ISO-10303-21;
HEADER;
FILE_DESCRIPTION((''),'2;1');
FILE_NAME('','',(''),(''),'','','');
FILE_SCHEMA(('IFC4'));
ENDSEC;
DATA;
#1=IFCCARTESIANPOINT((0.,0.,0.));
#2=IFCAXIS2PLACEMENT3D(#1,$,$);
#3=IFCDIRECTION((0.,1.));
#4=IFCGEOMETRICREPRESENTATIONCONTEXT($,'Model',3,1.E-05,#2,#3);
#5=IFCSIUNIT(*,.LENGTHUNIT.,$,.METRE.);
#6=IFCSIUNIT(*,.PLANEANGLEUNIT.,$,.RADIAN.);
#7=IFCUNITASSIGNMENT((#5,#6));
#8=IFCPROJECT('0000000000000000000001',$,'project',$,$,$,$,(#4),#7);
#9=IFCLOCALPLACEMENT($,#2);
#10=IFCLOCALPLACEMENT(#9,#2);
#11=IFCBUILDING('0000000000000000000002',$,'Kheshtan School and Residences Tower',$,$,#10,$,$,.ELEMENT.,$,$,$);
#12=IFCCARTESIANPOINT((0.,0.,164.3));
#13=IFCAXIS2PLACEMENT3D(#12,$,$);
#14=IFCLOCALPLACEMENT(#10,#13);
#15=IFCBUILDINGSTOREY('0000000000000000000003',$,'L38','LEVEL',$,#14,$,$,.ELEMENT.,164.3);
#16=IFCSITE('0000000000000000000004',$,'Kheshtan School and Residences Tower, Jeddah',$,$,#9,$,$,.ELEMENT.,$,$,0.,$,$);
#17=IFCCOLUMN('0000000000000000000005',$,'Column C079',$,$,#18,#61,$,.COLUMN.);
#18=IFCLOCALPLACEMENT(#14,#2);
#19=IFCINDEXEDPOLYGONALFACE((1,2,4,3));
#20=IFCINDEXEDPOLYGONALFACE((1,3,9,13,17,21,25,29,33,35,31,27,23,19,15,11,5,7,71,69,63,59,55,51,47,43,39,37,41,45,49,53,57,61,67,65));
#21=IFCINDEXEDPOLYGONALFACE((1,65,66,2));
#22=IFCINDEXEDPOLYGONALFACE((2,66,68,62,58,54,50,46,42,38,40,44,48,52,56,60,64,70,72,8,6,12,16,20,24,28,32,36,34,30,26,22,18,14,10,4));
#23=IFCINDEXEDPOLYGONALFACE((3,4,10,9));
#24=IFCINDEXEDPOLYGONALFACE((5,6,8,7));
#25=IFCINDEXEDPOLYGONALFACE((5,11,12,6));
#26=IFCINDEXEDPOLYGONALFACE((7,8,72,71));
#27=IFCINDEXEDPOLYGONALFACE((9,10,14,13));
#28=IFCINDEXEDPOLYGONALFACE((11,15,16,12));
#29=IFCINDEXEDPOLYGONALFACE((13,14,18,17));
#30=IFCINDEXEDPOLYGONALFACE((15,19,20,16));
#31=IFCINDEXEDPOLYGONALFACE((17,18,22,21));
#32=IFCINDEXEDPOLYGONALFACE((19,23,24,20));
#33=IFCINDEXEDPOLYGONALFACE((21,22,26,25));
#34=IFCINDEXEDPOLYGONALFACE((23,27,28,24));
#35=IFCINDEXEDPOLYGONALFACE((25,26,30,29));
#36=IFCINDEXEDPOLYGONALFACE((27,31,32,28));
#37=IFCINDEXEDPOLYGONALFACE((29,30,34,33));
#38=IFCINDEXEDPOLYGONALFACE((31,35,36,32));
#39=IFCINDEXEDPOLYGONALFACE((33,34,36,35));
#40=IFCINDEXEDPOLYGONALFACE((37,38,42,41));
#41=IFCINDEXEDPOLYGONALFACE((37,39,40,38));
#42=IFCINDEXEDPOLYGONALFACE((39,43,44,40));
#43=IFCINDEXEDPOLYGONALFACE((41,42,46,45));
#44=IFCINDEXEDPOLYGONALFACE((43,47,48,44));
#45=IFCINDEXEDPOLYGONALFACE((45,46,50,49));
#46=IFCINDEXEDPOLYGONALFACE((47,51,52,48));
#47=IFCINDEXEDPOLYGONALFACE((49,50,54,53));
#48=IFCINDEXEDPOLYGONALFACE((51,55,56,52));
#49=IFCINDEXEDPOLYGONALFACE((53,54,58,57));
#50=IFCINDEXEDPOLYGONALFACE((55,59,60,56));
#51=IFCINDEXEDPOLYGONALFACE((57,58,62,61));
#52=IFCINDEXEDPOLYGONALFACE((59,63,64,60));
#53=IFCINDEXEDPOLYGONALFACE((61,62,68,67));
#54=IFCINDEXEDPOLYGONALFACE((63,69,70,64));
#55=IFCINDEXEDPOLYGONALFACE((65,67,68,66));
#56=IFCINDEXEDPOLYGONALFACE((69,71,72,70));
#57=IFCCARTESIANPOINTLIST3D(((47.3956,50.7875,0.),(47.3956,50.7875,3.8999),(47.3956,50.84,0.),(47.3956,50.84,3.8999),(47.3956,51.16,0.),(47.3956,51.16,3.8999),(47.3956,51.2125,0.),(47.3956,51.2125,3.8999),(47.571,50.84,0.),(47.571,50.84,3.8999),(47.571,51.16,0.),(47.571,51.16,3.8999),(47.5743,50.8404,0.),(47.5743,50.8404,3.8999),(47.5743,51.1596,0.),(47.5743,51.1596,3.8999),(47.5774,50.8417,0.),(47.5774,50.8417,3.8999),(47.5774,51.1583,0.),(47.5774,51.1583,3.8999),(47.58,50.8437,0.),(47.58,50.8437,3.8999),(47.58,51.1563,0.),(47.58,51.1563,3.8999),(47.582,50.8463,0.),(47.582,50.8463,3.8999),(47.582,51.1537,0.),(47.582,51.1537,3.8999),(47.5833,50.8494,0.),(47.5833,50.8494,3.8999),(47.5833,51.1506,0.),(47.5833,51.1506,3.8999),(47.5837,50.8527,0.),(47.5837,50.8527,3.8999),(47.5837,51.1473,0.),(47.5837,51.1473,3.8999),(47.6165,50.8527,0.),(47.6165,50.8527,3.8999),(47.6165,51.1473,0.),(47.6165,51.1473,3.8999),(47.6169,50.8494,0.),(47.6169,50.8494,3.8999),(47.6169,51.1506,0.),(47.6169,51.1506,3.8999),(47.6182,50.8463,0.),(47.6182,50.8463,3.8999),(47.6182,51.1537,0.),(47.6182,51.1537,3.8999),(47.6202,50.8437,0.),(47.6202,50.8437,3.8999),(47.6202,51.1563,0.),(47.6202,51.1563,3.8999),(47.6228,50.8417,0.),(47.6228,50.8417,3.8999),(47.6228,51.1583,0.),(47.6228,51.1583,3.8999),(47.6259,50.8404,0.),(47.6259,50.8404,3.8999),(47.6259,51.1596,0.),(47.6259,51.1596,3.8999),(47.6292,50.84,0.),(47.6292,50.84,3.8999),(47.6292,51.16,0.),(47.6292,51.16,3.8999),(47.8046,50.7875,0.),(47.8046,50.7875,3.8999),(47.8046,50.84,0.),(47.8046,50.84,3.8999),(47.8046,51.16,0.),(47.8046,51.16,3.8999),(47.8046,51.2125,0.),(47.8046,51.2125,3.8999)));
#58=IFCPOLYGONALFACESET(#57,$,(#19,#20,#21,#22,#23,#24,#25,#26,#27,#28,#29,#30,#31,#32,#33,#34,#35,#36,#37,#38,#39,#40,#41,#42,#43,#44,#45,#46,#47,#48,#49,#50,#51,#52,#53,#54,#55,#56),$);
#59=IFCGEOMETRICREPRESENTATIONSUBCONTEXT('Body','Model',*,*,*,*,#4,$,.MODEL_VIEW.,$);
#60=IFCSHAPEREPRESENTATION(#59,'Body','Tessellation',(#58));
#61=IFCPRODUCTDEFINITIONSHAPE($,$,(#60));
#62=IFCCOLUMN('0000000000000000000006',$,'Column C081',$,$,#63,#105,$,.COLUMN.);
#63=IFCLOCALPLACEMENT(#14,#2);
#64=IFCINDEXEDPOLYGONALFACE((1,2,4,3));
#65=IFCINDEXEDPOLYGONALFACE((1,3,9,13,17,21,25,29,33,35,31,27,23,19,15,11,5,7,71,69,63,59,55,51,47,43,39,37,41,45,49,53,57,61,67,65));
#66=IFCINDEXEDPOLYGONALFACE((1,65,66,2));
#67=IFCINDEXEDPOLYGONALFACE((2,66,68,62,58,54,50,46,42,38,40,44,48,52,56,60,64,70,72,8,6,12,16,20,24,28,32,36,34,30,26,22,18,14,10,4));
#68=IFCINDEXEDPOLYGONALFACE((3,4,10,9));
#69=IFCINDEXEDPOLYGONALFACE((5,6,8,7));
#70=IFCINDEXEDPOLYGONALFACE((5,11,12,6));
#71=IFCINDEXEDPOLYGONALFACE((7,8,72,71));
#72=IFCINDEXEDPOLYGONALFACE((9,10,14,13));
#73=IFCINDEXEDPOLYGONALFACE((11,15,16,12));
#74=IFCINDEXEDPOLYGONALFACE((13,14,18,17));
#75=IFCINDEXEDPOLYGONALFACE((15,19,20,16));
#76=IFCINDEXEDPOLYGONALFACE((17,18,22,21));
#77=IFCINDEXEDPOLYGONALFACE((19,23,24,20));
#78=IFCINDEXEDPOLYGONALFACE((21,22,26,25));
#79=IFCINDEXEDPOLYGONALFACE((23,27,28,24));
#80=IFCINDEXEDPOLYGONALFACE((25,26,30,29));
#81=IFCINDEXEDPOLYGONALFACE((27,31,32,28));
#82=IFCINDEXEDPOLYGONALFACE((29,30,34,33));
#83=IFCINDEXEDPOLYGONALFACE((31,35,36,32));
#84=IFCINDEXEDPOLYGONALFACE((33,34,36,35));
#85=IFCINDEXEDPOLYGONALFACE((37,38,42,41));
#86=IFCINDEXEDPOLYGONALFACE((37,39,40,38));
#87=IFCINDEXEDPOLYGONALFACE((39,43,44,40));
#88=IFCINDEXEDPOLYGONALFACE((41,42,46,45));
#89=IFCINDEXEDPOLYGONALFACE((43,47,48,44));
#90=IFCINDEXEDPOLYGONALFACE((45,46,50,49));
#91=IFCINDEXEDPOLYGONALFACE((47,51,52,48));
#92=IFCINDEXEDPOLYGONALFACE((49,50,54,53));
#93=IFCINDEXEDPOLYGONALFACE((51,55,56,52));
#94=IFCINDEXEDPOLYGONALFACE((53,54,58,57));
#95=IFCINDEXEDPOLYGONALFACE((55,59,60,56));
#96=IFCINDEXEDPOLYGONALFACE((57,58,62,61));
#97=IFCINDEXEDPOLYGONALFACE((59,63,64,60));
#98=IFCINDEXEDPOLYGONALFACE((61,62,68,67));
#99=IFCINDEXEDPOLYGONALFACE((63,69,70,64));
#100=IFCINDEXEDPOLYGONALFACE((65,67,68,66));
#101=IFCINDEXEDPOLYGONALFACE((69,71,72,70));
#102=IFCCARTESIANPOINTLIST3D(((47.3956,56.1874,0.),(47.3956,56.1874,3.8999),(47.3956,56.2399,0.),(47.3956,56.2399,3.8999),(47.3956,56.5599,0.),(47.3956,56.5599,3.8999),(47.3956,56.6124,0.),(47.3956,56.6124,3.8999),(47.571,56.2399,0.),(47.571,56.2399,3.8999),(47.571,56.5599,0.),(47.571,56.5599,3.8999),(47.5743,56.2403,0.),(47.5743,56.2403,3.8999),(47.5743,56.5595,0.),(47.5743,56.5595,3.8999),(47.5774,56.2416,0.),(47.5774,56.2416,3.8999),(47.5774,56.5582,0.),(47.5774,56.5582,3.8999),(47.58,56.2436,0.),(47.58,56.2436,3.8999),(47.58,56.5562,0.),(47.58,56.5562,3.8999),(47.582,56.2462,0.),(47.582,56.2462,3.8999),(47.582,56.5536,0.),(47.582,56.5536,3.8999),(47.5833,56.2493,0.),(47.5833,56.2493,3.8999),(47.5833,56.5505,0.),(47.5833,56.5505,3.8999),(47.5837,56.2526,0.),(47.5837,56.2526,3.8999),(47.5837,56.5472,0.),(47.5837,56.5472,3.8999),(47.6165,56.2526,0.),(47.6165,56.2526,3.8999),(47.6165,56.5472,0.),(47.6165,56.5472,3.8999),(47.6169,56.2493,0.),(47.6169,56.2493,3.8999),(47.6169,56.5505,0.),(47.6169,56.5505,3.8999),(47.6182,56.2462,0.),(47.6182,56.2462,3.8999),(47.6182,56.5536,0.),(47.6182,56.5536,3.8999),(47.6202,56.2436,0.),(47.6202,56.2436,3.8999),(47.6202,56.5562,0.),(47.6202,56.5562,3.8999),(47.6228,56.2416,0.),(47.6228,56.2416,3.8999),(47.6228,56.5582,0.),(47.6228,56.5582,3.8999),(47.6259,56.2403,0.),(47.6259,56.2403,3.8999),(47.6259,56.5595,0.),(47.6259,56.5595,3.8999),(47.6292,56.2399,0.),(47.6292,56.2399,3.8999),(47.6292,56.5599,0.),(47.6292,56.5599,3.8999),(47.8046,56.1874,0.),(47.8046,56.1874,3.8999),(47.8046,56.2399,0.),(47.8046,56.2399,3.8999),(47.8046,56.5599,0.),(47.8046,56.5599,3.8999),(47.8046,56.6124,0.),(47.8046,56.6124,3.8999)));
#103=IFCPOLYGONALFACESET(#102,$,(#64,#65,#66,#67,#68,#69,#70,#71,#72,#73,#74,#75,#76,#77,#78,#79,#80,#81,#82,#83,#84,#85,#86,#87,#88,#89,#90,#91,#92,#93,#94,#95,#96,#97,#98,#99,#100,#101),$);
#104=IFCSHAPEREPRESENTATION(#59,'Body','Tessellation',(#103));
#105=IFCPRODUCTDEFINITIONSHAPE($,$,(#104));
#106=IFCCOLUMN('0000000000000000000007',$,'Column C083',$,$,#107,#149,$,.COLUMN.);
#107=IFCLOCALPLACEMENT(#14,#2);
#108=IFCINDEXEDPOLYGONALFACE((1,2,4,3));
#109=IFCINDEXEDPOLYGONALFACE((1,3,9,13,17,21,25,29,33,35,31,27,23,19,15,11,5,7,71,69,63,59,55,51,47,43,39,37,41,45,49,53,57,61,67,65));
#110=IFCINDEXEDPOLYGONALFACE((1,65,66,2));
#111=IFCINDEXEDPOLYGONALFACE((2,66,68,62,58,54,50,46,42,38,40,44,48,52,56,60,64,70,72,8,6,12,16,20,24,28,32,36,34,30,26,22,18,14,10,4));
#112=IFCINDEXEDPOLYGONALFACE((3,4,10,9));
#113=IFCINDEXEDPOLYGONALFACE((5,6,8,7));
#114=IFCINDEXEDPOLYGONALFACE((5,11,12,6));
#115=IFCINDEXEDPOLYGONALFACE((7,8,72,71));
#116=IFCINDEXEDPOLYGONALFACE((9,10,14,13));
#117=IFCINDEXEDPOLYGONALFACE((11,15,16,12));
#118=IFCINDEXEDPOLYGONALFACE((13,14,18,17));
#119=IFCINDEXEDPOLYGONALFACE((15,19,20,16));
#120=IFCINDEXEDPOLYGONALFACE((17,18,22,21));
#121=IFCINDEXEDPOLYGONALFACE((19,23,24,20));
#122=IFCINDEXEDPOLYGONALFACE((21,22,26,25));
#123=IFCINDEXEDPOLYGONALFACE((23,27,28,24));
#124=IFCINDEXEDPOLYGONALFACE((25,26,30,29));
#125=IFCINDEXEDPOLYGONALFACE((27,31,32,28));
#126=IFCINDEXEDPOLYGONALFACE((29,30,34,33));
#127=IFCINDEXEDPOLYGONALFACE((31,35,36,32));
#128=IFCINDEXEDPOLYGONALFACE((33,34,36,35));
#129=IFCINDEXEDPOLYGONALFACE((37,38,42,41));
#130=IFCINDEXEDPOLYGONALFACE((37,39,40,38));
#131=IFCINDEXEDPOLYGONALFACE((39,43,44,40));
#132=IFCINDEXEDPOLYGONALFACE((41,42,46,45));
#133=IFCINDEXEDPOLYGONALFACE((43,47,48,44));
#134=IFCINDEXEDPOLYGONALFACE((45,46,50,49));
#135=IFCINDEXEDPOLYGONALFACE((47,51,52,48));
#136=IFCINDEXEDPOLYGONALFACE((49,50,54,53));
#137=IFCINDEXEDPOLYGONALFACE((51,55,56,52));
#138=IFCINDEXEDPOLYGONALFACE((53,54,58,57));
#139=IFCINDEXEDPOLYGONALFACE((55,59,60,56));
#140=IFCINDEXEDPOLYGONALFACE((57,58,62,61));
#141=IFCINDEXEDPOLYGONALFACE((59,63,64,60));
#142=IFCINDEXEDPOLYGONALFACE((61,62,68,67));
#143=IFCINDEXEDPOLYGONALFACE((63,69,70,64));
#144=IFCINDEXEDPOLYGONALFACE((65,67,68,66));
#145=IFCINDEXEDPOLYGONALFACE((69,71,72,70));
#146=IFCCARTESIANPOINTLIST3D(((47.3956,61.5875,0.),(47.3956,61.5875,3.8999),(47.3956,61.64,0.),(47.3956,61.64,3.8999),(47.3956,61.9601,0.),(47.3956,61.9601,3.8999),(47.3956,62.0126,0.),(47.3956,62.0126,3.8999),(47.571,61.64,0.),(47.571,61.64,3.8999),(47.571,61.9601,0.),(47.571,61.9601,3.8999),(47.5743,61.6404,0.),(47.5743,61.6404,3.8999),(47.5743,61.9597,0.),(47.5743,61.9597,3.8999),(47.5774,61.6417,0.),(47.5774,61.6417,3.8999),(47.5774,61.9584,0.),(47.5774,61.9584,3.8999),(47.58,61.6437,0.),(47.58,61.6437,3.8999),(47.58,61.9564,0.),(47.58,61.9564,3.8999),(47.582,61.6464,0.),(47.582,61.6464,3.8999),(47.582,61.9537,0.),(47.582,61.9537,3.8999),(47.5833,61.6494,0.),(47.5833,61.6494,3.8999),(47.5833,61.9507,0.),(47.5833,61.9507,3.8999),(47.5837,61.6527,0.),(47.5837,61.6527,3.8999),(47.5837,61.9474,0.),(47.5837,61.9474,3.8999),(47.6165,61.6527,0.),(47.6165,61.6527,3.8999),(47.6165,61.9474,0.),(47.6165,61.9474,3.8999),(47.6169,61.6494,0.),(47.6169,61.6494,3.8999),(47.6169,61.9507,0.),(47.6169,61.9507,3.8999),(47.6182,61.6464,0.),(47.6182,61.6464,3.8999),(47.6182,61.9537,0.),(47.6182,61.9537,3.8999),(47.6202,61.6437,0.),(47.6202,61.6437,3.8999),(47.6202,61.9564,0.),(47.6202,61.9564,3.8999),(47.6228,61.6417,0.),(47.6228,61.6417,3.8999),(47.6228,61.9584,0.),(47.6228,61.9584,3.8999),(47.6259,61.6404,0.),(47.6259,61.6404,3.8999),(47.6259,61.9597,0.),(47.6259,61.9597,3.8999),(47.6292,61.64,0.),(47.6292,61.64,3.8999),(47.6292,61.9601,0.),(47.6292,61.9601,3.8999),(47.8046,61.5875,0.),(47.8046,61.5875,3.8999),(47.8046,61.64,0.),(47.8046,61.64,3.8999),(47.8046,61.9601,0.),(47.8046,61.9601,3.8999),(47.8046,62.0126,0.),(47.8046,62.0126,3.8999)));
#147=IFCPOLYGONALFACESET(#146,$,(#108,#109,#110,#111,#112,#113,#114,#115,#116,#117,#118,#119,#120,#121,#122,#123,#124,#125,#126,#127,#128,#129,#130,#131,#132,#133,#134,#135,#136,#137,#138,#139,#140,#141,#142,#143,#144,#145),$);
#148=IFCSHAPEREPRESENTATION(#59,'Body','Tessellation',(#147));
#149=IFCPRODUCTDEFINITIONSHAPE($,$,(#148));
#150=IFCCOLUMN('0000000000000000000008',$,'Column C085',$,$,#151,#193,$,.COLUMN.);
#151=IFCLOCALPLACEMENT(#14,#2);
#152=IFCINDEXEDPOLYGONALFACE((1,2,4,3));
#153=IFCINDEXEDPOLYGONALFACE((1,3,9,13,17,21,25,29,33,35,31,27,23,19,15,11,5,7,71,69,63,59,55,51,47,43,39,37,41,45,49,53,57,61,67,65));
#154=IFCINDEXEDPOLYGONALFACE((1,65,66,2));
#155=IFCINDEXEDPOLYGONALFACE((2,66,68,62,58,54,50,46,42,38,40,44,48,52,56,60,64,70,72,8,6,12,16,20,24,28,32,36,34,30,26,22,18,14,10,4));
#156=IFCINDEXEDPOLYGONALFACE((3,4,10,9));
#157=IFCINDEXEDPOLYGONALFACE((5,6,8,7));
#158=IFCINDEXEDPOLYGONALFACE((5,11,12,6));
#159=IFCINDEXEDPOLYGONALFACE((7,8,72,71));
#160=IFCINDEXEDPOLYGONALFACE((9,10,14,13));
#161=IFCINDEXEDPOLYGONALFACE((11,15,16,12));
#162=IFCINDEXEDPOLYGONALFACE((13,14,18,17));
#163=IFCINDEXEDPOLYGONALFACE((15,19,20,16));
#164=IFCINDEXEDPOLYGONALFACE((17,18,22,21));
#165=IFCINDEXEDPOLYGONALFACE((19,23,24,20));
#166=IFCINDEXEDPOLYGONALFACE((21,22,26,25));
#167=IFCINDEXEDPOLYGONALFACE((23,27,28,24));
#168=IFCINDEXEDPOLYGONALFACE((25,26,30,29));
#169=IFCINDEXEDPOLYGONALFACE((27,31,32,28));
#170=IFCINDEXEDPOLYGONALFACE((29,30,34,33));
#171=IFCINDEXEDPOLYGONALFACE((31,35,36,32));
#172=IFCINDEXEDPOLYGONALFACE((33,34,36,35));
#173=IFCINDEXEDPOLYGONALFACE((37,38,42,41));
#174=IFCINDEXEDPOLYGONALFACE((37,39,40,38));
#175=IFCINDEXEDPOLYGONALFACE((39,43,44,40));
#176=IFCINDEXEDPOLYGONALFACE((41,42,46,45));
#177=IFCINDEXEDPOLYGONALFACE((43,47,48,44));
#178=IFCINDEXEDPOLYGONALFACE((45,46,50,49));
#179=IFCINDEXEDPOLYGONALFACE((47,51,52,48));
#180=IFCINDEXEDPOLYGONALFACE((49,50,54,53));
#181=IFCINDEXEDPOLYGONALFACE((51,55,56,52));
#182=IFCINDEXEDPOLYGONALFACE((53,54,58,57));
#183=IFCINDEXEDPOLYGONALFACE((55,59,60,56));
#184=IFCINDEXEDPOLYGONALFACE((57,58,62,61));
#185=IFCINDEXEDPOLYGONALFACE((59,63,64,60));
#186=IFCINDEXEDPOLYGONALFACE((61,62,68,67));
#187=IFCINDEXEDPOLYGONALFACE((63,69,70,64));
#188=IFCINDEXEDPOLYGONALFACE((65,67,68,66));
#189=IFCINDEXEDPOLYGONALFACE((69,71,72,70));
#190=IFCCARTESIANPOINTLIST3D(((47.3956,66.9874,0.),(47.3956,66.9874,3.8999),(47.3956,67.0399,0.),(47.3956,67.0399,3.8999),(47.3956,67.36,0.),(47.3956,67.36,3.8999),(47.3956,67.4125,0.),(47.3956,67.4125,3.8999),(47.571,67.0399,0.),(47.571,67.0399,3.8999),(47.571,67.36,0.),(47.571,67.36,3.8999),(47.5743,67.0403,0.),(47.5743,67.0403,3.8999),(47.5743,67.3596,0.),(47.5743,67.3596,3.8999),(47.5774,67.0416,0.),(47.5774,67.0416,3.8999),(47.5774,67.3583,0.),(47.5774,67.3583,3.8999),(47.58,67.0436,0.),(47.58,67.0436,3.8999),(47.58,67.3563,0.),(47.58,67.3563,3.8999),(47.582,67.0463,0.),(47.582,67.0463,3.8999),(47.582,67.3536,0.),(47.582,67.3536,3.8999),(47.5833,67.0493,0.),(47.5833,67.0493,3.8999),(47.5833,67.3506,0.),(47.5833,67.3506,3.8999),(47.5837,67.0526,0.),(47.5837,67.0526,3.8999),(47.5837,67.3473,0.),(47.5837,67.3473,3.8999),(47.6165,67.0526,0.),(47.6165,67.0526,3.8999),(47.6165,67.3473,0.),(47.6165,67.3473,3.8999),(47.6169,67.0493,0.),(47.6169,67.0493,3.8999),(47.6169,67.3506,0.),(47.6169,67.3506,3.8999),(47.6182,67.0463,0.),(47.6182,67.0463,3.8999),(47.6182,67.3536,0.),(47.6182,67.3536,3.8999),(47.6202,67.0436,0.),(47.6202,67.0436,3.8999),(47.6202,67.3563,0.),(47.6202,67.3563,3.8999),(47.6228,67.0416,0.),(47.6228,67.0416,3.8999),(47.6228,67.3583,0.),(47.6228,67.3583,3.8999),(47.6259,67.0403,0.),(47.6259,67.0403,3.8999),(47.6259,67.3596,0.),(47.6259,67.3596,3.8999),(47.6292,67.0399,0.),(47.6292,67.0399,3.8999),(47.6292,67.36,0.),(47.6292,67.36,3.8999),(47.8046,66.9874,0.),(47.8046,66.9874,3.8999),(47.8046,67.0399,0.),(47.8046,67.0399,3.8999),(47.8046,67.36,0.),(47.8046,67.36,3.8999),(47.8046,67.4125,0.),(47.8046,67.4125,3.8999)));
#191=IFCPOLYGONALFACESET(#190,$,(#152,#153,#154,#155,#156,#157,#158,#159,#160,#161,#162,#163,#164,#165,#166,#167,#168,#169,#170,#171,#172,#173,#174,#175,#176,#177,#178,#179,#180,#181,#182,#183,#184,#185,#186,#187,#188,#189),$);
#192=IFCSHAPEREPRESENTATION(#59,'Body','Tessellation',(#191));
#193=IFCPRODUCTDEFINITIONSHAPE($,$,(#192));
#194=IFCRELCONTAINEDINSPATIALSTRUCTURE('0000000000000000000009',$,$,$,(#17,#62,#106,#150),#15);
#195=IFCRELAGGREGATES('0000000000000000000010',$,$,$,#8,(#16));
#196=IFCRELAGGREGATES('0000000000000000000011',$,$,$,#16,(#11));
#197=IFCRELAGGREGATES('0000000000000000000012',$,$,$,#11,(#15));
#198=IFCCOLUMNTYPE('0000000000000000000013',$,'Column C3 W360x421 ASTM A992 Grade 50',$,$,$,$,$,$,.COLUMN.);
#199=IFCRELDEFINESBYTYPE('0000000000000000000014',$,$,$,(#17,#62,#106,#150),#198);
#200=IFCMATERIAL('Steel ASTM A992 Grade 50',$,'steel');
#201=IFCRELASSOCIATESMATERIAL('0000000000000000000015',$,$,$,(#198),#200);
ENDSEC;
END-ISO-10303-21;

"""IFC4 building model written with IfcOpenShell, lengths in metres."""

from ifc_helpers import new_model, si_unit, direction, frame, origin, origin_2d, place, context, subcontext, project, spatial, i_section, extrude, material, material_profile, profile_set, type_object, element, save


model = new_model("IFC4")

# Units and contexts
model_context = context("Model", 3, precision=1e-05, world=origin(), true_north=direction((0.0, 1.0)))
body_context = subcontext(model_context, "Body", "Model", "MODEL_VIEW")
ifc_project = project(units=[si_unit("LENGTHUNIT", "METRE"), si_unit("PLANEANGLEUNIT", "RADIAN")], contexts=[model_context])

# Site, building, storey
site_placement = place(None, origin())
site = spatial("IfcSite", under=ifc_project, at=site_placement, Name="Kheshtan School and Residences Tower, Jeddah", CompositionType="ELEMENT", RefElevation=0.0)
building_placement = place(site_placement, origin())
building = spatial("IfcBuilding", under=site, at=building_placement, Name="Kheshtan School and Residences Tower", CompositionType="ELEMENT")
storey_placement = place(building_placement, frame((0.0, 0.0, 164.3)))
storey = spatial("IfcBuildingStorey", under=building, at=storey_placement, Name="L38", Description="LEVEL", CompositionType="ELEMENT", Elevation=164.3)

# Columns
ifc_material_1 = material(Name="Steel ASTM A992 Grade 50", Category="steel")
ifc_material_profile_1 = material_profile(ifc_material_1, i_section(OverallWidth=0.4089, OverallDepth=0.425, WebThickness=0.0327, FlangeThickness=0.0525, FilletRadius=0.0127, at=origin_2d()), Name="W360x421")
ifc_profile_set_1 = profile_set([ifc_material_profile_1], Name="Steel ASTM A992 Grade 50")
column_type = type_object("IfcColumnType", Name="Column C3 W360x421 ASTM A992 Grade 50", PredefinedType="COLUMN", material=ifc_profile_set_1)
for number, where, z_axis, x_axis, name in (
    (1, (47.6001, 51.0, 0.0), (0.0, 0.0, 1.0), (1.0, 0.0, 0.0), "Column C079"),
    (2, (47.6001, 56.3999, 0.0), (0.0, 0.0, 1.0), (1.0, 0.0, 0.0), "Column C081"),
    (3, (47.6001, 61.8, 0.0), (0.0, 0.0, 1.0), (1.0, 0.0, 0.0), "Column C083"),
    (4, (47.6001, 67.2, 0.0), (0.0, 0.0, 1.0), (1.0, 0.0, 0.0), "Column C085"),
):
    element("IfcColumn", number, at=place(storey_placement, frame(where, z_axis=z_axis, x_axis=x_axis)), inside=storey, type_object=column_type, Name=name, PredefinedType="COLUMN", context=body_context, shape_type="SweptSolid", body=[
        extrude(i_section(OverallWidth=0.4089, OverallDepth=0.425, WebThickness=0.0327, FlangeThickness=0.0525, FilletRadius=0.0127, at=origin_2d()), origin(), (0.0, 0.0, 1.0), 3.8999),
    ])

save(model, "model.ifc")
